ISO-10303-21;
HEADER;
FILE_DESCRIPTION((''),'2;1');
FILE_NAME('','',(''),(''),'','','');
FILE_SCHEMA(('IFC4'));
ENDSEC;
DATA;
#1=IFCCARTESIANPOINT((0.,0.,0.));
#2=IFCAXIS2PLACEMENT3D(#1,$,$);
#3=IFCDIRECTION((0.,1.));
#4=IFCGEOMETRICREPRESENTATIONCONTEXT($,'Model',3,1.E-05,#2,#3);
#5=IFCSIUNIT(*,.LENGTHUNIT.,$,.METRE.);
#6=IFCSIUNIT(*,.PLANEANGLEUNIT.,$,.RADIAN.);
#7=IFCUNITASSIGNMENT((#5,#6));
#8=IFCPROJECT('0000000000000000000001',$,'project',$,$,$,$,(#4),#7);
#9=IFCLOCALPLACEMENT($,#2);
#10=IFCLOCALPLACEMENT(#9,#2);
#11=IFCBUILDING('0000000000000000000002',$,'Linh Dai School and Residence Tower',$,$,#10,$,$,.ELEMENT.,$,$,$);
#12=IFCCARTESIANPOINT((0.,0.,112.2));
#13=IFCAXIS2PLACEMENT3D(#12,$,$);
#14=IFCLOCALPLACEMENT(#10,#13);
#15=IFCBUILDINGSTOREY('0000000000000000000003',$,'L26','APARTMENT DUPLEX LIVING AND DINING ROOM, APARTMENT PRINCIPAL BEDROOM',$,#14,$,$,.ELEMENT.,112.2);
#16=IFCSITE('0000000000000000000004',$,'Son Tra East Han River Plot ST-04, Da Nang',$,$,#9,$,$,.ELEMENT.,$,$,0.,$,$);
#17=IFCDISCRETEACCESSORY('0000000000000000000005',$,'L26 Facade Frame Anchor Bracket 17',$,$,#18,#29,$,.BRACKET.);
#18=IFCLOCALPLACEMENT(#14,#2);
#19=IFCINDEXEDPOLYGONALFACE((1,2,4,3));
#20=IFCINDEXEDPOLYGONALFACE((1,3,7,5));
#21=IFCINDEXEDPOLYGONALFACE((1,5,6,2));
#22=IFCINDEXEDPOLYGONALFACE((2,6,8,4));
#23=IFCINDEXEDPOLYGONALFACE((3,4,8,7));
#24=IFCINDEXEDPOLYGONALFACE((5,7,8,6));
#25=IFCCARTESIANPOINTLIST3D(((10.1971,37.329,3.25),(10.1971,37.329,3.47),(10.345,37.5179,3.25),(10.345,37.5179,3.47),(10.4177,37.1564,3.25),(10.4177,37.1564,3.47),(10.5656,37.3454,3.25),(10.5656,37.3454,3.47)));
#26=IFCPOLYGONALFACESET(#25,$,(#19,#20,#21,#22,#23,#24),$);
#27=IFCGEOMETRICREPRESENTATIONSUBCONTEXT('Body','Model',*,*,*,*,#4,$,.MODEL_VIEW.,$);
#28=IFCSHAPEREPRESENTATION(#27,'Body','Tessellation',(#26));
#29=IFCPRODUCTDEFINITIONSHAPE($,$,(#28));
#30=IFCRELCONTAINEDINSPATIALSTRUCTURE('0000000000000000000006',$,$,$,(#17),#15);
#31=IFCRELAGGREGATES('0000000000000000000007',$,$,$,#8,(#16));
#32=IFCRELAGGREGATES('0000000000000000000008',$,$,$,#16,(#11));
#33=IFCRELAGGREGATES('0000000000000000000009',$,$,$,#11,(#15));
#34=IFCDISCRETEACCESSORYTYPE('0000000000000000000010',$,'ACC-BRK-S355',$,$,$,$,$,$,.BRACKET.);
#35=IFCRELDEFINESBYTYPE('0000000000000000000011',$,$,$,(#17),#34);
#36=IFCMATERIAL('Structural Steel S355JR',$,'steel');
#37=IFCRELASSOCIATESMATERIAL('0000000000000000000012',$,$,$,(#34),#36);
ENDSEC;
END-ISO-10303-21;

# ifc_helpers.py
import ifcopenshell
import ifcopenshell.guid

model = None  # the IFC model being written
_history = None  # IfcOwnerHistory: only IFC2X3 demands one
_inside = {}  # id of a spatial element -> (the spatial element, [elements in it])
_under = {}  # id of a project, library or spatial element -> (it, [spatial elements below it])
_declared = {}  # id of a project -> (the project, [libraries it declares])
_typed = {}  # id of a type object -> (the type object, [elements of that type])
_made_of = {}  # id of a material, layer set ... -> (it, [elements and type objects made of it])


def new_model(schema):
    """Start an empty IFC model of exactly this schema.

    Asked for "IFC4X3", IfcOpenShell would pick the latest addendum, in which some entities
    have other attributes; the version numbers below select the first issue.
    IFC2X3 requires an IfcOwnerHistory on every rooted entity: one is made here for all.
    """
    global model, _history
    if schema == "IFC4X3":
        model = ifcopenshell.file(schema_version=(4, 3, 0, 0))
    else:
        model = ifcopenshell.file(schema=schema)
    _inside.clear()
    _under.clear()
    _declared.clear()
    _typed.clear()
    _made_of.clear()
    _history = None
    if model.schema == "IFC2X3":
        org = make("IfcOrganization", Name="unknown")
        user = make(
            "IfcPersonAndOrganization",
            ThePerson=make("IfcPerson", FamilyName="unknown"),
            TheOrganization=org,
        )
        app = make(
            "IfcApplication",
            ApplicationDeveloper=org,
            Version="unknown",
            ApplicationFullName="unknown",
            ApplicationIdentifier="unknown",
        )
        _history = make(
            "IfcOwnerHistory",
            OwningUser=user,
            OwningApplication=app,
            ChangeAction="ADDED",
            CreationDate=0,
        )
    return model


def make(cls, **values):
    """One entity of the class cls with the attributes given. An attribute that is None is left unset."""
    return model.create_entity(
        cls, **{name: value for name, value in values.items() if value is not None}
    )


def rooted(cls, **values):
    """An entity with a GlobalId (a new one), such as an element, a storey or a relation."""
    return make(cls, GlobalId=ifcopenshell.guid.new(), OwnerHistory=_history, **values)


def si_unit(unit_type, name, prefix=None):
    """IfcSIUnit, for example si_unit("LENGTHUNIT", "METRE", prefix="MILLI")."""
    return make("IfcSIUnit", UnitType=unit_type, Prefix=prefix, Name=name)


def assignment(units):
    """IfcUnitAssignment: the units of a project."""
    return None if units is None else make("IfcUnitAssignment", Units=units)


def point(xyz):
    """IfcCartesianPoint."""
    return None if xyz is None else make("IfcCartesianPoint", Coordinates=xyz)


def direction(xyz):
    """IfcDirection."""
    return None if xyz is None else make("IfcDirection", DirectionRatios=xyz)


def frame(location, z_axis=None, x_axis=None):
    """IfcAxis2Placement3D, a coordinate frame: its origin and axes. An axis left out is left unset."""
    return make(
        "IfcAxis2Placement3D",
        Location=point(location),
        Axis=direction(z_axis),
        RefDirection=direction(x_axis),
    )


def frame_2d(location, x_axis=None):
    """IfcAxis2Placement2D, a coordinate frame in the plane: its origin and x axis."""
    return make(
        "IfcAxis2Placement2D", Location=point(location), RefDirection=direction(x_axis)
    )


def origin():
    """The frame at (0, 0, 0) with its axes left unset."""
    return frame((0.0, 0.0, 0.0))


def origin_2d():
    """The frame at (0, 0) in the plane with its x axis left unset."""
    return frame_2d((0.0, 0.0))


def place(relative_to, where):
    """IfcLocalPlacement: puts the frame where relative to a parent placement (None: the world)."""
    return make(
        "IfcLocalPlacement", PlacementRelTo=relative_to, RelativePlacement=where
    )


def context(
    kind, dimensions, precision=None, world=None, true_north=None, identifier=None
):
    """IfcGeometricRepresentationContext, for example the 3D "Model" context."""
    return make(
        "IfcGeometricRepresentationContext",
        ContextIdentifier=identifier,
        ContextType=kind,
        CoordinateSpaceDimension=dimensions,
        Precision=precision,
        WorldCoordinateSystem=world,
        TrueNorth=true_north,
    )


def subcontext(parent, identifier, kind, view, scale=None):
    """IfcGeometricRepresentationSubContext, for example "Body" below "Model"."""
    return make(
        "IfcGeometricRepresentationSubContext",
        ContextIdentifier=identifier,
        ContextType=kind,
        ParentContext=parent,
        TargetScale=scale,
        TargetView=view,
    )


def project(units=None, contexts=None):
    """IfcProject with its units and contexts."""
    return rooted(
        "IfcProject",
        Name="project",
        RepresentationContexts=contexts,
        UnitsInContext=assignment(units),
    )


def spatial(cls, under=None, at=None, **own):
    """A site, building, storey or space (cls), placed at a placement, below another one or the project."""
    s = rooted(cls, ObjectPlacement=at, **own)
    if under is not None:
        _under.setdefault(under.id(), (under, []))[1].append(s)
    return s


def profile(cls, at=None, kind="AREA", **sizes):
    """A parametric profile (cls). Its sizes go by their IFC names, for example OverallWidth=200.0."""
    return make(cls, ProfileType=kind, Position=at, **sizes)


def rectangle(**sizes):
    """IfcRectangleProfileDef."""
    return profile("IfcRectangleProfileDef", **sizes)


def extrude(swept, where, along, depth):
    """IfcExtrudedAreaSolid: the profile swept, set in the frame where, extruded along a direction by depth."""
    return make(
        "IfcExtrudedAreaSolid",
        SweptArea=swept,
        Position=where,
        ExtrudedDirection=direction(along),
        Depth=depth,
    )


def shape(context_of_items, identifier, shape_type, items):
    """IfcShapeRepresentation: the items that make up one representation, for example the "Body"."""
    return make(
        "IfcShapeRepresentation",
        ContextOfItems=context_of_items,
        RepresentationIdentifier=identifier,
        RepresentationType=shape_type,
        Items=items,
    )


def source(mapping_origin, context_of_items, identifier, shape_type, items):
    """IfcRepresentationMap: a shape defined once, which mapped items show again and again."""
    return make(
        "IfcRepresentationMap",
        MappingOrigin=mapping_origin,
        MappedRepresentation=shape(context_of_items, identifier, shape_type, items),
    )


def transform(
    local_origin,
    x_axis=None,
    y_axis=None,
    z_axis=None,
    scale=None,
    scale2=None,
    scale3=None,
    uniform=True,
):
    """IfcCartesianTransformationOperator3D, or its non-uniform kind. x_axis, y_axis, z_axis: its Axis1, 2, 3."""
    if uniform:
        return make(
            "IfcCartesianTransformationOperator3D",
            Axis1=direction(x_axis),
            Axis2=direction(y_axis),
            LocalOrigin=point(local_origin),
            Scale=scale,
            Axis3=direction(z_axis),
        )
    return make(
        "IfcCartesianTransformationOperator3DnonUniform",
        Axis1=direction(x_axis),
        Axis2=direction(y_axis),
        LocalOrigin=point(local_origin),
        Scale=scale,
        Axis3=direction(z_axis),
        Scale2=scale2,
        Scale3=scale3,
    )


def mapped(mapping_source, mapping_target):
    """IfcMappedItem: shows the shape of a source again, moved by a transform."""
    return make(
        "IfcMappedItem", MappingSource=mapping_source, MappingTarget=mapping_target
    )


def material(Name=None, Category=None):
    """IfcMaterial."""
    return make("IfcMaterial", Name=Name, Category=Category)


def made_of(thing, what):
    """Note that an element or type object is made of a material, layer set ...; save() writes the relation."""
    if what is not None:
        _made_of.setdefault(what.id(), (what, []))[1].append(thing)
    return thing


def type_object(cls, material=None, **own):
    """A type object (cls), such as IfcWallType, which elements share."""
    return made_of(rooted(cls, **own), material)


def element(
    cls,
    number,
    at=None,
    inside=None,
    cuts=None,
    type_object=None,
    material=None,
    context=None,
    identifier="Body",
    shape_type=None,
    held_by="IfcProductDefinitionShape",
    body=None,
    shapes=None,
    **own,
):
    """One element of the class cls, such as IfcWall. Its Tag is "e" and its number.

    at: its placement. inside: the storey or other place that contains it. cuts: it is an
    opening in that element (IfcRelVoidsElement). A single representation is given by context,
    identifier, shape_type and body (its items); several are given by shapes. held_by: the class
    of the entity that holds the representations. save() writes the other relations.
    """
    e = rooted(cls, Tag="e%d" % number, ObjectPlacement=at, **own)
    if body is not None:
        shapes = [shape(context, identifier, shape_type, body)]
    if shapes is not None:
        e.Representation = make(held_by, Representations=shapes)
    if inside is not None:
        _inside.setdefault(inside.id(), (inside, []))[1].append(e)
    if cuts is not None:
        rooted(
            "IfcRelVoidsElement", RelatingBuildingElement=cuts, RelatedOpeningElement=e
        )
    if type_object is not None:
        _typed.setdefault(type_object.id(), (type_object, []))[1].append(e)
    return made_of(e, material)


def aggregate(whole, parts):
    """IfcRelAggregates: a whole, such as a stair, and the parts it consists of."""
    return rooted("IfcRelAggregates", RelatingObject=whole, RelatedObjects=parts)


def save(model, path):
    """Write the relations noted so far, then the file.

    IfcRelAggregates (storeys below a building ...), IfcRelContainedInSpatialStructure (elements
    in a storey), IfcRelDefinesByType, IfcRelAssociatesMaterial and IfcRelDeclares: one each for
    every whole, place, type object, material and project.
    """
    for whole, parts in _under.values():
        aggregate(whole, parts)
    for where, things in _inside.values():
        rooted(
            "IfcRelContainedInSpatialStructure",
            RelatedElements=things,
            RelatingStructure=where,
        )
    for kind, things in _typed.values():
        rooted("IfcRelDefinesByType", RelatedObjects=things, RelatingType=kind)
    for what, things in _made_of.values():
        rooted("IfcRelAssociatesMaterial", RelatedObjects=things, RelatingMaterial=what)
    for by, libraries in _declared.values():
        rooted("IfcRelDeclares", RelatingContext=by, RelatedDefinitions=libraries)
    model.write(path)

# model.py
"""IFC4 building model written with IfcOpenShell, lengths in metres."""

from ifc_helpers import new_model, si_unit, direction, frame, origin, origin_2d, place, context, subcontext, project, spatial, rectangle, extrude, source, transform, mapped, material, type_object, element, save


model = new_model("IFC4")

# Units and contexts
model_context = context("Model", 3, precision=1e-05, world=origin(), true_north=direction((0.0, 1.0)))
body_context = subcontext(model_context, "Body", "Model", "MODEL_VIEW")
ifc_project = project(units=[si_unit("LENGTHUNIT", "METRE"), si_unit("PLANEANGLEUNIT", "RADIAN")], contexts=[model_context])

# Site, building, storey
site_placement = place(None, origin())
site = spatial("IfcSite", under=ifc_project, at=site_placement, Name="Son Tra East Han River Plot ST-04, Da Nang", CompositionType="ELEMENT", RefElevation=0.0)
building_placement = place(site_placement, origin())
building = spatial("IfcBuilding", under=site, at=building_placement, Name="Linh Dai School and Residence Tower", CompositionType="ELEMENT")
storey_placement = place(building_placement, frame((0.0, 0.0, 112.2)))
storey = spatial("IfcBuildingStorey", under=building, at=storey_placement, Name="L26", Description="APARTMENT DUPLEX LIVING AND DINING ROOM, APARTMENT PRINCIPAL BEDROOM", CompositionType="ELEMENT", Elevation=112.2)

# Shared definitions
ifc_material_1 = material(Name="Structural Steel S355JR", Category="steel")

# Discrete accessory
discrete_accessory_type = type_object("IfcDiscreteAccessoryType", Name="ACC-BRK-S355", PredefinedType="BRACKET", material=ifc_material_1)
shared_shape_1 = source(origin(), body_context, "Body", "SweptSolid", [
    extrude(rectangle(XDim=0.28, YDim=0.24, at=origin_2d()), origin(), (0.0, 0.0, 1.0), 0.22),
])
for number, where, z_axis, x_axis, name in (
    (1, (10.3813, 37.3372, 3.25), (0.0, 0.0, 1.0), (-0.787508, 0.616305, 0.0), "L26 Facade Frame Anchor Bracket 17"),
):
    element("IfcDiscreteAccessory", number, at=place(storey_placement, frame(where, z_axis=z_axis, x_axis=x_axis)), inside=storey, type_object=discrete_accessory_type, Name=name, PredefinedType="BRACKET", context=body_context, shape_type="MappedRepresentation", body=[
        mapped(shared_shape_1, transform((0.0, 0.0, 0.0), x_axis=(1.0, 0.0, 0.0), y_axis=(0.0, 1.0, 0.0), z_axis=(0.0, 0.0, 1.0), scale=1.0)),
    ])

save(model, "model.ifc")
